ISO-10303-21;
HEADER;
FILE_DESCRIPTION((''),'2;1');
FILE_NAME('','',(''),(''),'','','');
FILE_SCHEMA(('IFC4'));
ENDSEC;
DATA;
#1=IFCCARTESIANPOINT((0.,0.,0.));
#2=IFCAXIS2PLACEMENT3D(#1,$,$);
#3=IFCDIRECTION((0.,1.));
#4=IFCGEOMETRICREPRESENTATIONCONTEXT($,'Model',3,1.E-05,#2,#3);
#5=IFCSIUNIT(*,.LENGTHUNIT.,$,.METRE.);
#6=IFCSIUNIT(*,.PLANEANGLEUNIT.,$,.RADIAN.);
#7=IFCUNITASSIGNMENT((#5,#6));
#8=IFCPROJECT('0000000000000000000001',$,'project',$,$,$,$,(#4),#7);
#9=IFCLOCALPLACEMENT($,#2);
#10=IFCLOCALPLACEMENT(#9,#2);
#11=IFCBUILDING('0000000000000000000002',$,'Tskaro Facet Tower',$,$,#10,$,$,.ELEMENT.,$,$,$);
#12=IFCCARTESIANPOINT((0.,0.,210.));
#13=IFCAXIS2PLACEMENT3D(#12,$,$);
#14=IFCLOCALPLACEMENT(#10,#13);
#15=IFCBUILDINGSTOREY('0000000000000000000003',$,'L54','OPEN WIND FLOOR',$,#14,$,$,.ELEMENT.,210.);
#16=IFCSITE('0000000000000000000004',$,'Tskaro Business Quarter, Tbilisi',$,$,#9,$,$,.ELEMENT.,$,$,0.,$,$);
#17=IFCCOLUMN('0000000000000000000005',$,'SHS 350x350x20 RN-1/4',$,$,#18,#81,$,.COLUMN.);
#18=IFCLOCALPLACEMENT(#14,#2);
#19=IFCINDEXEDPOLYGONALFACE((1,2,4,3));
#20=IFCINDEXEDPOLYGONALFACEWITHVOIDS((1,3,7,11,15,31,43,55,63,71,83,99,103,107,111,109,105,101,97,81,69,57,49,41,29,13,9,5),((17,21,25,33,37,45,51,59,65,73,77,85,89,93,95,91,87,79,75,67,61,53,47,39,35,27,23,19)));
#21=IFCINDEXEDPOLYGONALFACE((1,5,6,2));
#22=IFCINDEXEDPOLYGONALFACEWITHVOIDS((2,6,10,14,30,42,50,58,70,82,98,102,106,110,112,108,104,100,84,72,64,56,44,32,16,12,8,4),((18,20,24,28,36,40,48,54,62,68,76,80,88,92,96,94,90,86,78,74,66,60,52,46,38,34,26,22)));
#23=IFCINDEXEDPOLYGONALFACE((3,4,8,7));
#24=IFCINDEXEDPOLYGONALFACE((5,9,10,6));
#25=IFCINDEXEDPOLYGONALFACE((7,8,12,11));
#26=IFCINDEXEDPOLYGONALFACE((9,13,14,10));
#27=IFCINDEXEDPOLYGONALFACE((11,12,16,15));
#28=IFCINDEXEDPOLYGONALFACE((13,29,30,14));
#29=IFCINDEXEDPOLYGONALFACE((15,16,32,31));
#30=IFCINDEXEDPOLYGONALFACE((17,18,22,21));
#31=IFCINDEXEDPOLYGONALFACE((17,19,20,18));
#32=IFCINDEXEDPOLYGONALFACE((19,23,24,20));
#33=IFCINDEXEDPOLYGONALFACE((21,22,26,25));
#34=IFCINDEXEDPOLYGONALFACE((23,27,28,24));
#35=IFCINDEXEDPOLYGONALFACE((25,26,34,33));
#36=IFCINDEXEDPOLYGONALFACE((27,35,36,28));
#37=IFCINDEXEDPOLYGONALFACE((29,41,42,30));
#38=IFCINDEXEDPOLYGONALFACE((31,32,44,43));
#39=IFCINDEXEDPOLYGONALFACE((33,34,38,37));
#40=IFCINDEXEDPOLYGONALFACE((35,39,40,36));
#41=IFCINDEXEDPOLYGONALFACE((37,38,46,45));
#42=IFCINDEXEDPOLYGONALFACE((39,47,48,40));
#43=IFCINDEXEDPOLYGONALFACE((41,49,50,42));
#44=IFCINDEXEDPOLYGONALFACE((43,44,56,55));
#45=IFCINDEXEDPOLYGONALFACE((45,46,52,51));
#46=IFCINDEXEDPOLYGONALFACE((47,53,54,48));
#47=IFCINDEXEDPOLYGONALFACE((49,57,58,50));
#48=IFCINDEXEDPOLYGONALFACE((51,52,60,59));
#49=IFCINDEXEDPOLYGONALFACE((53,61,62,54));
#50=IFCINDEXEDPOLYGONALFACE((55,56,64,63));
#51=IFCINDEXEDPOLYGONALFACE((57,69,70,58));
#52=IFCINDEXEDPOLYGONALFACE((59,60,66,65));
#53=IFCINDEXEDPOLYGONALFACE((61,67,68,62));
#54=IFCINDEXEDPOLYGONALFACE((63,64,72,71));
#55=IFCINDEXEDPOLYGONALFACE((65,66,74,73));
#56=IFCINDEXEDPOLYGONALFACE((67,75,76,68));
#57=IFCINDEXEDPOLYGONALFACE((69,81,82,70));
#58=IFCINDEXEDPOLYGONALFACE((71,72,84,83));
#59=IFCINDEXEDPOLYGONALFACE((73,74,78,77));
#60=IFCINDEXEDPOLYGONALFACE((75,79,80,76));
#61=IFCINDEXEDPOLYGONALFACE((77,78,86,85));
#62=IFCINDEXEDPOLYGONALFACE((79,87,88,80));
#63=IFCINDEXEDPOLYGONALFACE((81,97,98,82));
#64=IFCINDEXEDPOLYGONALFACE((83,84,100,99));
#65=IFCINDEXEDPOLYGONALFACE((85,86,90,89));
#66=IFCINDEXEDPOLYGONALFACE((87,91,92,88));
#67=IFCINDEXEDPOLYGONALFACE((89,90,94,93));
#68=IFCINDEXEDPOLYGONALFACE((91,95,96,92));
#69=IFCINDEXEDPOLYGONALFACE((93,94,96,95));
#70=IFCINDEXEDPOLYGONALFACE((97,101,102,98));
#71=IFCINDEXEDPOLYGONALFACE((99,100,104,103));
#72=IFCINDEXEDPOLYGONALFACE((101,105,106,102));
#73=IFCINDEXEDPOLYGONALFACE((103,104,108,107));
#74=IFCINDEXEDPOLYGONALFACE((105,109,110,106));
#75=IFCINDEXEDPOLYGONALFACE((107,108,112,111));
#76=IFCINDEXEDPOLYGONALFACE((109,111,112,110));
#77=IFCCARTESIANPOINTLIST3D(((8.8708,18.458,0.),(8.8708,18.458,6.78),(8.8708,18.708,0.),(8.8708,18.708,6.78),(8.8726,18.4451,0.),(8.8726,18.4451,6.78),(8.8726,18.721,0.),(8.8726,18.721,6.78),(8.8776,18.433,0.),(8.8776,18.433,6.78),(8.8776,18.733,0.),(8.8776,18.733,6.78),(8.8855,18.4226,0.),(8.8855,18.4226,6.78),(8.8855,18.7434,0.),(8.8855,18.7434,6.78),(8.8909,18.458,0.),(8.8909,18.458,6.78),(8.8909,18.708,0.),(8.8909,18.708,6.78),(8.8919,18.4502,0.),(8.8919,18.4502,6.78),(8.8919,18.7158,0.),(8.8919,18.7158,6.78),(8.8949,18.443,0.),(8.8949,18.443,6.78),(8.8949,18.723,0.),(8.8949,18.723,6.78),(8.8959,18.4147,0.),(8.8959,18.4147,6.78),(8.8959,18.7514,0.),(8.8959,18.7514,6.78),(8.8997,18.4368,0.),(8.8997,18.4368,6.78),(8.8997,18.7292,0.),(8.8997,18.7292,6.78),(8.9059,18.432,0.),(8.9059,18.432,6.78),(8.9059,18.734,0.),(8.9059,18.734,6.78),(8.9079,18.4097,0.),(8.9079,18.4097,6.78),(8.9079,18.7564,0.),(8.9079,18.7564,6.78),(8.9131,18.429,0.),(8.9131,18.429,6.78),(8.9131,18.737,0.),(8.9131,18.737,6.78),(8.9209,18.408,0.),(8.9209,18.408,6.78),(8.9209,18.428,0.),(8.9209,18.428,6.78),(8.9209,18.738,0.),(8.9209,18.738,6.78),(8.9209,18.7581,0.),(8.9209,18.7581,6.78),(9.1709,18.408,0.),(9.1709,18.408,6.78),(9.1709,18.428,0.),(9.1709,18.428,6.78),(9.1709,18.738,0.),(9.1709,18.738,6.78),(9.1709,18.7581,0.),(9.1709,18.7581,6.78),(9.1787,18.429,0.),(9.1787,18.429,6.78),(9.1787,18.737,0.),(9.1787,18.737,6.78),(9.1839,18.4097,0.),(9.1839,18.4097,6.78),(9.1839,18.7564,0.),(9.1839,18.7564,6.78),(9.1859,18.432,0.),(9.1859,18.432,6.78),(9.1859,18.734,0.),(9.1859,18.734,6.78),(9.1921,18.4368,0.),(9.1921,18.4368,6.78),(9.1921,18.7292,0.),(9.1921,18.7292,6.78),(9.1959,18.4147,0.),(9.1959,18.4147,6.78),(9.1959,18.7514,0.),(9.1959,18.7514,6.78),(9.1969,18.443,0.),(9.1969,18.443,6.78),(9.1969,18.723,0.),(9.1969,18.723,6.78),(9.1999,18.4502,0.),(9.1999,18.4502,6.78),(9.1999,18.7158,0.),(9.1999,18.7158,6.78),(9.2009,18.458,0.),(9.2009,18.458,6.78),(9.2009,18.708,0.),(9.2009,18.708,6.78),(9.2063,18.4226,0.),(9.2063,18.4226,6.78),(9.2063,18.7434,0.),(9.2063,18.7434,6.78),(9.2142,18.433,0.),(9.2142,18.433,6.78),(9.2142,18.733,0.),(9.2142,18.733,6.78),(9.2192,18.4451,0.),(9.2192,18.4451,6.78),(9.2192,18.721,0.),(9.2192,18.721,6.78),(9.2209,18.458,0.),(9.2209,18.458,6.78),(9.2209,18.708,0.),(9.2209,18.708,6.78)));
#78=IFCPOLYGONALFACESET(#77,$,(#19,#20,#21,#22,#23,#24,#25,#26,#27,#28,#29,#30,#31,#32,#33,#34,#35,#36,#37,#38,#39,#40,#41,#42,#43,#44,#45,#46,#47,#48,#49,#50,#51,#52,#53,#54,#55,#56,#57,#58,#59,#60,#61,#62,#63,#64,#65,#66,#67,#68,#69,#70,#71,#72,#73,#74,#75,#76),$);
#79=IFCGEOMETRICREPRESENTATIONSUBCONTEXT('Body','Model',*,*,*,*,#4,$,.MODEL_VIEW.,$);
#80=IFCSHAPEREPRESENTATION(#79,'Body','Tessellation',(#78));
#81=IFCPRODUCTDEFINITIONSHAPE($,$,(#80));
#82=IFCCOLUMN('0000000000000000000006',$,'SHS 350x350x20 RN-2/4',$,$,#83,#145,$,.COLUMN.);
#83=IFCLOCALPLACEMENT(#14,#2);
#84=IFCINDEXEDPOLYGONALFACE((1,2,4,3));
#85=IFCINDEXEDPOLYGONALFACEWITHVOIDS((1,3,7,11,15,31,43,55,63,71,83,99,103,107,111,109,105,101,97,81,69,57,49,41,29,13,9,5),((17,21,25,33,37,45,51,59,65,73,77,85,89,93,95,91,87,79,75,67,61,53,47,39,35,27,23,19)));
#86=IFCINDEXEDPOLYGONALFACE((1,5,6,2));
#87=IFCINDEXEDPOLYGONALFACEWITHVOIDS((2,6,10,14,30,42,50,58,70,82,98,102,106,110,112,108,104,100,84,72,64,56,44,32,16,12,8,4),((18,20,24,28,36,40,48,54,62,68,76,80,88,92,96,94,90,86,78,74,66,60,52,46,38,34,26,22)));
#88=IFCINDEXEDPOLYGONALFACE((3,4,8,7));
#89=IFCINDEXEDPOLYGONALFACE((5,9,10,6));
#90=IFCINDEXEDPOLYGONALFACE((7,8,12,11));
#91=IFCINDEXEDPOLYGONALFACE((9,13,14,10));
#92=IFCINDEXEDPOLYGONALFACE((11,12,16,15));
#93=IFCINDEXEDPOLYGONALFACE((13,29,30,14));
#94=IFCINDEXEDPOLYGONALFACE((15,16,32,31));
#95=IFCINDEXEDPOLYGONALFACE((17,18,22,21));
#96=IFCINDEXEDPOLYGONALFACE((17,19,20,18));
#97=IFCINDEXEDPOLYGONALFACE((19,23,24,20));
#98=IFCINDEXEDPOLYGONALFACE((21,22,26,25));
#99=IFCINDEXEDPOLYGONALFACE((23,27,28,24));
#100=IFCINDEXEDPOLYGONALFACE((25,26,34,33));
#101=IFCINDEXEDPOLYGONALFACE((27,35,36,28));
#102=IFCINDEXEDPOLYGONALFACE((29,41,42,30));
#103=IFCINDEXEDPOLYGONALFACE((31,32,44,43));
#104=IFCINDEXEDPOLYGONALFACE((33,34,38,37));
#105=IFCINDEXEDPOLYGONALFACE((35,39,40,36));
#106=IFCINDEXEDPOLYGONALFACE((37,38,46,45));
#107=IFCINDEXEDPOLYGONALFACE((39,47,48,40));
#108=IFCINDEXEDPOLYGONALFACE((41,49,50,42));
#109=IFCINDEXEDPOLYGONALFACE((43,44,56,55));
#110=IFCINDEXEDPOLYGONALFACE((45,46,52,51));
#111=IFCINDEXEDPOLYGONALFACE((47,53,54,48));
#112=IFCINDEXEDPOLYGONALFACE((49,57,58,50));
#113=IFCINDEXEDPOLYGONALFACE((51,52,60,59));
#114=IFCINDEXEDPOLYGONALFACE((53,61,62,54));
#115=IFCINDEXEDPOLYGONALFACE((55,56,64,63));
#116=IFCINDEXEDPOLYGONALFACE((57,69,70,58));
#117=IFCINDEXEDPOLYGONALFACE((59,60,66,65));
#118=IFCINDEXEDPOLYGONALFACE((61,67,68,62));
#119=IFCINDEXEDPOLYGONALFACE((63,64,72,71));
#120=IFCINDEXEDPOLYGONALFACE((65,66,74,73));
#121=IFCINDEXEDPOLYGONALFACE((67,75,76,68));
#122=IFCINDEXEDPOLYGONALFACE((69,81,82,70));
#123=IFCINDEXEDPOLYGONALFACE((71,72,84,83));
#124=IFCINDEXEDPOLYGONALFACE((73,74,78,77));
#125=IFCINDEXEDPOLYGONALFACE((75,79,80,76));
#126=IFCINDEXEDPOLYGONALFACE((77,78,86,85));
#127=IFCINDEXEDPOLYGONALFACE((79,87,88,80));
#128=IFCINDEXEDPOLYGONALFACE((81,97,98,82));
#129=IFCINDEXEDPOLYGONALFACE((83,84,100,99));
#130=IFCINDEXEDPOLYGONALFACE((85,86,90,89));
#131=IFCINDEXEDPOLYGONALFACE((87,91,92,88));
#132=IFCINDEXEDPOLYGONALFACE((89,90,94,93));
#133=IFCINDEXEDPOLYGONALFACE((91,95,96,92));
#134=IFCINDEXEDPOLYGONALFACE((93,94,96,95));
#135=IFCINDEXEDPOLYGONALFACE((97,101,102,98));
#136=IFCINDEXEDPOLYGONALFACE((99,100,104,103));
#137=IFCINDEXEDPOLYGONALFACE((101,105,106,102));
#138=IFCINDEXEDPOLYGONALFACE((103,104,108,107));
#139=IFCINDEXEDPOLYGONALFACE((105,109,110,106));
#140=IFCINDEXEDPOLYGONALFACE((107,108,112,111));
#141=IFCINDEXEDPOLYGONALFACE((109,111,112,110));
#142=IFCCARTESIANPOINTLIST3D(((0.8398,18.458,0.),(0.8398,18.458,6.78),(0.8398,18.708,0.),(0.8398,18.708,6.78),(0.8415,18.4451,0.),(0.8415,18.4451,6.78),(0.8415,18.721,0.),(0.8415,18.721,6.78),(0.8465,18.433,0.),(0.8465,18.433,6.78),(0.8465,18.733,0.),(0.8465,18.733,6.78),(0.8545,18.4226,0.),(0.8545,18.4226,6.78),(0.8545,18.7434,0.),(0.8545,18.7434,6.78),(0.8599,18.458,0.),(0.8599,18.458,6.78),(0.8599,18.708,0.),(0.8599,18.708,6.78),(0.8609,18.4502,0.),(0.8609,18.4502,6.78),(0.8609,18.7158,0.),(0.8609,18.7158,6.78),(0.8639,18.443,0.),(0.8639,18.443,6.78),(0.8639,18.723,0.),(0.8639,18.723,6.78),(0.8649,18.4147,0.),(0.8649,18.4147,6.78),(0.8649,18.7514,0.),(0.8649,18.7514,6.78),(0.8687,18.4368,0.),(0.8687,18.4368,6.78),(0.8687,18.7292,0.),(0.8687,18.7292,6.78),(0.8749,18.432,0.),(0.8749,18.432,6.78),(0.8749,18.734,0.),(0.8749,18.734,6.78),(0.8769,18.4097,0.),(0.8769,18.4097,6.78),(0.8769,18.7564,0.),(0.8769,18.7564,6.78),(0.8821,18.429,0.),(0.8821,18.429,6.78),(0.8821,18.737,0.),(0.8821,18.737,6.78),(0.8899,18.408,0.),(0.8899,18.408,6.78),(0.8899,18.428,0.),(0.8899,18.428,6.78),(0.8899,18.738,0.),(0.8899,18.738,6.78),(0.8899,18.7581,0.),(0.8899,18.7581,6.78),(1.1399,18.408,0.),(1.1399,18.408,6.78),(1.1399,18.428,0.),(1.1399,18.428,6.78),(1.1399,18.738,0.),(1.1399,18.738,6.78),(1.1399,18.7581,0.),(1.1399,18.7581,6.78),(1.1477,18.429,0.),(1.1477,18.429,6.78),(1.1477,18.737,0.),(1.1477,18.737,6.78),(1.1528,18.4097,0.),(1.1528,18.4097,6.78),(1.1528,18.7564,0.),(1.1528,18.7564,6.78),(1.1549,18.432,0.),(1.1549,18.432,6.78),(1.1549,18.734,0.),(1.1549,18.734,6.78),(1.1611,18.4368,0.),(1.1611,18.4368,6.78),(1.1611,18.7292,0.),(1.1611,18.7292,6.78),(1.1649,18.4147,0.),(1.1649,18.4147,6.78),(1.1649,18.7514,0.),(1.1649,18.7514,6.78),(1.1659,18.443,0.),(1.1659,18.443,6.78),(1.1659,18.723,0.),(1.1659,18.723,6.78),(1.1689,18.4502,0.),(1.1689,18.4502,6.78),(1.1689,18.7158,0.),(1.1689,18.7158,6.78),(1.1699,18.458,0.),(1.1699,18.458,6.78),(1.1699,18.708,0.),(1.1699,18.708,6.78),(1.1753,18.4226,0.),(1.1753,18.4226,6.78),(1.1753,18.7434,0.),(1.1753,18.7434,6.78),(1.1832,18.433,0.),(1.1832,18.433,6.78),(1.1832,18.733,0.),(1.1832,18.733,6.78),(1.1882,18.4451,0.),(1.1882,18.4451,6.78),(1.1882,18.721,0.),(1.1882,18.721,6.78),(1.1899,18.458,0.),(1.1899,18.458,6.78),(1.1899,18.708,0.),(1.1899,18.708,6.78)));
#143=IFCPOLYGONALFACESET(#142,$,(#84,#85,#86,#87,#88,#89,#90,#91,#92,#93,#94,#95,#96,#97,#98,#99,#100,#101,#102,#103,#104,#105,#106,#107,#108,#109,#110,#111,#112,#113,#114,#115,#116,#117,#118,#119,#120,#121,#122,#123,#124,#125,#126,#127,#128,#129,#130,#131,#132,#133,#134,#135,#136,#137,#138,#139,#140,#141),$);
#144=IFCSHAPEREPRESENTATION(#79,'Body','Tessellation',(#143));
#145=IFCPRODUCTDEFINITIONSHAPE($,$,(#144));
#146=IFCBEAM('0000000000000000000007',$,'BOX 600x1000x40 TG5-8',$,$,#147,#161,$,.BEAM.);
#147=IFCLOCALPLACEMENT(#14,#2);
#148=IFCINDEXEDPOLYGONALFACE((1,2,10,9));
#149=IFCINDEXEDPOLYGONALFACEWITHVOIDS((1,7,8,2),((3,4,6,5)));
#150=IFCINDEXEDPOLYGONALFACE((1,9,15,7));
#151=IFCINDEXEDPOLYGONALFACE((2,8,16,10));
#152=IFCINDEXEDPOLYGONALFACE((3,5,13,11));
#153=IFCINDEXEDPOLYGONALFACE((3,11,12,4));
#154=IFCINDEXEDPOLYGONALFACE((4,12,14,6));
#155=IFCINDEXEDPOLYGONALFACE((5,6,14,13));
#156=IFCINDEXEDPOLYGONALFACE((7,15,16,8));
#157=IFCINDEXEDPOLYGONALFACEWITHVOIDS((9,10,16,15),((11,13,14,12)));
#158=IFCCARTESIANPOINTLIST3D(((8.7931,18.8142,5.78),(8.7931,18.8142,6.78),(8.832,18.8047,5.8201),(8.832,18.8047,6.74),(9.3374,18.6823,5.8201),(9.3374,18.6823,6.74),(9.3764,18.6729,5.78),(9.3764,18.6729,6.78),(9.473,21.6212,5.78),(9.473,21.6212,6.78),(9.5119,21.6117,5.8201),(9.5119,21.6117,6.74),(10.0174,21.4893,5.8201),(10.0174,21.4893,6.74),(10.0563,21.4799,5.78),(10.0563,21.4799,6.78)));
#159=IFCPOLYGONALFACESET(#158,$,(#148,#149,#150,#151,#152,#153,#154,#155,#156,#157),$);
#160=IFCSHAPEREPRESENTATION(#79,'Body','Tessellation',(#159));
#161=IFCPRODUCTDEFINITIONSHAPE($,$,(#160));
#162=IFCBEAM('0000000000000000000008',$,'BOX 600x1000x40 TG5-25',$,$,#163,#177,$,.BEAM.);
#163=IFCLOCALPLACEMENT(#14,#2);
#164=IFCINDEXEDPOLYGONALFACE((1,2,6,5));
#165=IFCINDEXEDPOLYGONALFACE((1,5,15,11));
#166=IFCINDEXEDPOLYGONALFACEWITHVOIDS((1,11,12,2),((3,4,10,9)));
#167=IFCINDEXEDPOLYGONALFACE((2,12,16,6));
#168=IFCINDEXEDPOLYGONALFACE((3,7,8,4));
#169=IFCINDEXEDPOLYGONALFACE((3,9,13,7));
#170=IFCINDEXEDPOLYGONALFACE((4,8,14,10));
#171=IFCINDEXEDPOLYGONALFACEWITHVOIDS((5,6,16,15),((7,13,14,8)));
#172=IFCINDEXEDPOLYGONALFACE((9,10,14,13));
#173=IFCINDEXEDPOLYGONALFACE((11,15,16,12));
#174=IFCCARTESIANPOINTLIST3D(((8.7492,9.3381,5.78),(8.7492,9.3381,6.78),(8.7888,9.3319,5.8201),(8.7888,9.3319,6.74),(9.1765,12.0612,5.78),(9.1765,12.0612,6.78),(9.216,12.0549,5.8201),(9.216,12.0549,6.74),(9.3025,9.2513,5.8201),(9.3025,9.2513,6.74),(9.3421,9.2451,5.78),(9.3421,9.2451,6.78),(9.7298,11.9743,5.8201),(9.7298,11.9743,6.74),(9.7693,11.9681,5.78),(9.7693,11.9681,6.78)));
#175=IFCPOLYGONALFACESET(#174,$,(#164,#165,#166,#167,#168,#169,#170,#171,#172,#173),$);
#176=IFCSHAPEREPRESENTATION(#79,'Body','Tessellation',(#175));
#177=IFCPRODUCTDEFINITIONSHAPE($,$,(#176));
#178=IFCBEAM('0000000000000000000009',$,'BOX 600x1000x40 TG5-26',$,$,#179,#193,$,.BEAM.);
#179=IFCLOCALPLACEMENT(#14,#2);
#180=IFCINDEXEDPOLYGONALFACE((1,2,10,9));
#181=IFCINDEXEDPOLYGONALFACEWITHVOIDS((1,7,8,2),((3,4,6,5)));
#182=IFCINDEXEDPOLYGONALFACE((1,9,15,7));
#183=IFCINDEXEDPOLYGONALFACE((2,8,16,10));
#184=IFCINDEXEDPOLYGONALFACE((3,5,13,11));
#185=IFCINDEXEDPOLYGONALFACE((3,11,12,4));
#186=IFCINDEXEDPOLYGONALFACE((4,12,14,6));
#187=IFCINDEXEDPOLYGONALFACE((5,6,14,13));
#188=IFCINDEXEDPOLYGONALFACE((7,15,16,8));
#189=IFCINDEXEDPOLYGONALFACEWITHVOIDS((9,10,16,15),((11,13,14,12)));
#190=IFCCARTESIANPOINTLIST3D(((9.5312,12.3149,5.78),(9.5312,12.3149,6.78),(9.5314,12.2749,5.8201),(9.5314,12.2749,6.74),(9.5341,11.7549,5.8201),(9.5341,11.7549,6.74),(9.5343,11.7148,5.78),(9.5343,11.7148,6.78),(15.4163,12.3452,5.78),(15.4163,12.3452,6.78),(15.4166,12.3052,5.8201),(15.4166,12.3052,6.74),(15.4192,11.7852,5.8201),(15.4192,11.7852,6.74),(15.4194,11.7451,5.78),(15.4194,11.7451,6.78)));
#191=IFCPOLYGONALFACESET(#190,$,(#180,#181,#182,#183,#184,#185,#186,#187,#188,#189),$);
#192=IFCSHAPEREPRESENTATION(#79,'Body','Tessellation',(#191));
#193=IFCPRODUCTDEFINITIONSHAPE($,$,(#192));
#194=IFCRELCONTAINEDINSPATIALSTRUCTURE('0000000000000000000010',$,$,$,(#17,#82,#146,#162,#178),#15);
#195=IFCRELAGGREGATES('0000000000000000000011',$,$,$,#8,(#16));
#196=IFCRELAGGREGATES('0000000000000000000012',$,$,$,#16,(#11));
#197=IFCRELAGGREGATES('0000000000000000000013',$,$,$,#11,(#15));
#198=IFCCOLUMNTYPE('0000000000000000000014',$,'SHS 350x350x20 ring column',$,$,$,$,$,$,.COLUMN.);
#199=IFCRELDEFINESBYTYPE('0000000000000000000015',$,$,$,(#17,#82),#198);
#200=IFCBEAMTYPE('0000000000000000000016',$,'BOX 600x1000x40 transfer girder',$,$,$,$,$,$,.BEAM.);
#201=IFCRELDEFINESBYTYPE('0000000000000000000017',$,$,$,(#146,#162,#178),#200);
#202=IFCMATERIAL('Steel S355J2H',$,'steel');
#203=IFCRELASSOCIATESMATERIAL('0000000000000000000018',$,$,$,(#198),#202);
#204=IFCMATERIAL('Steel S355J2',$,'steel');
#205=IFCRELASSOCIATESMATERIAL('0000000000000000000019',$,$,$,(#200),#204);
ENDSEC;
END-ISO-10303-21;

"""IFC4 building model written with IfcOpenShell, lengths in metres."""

from ifc_helpers import new_model, si_unit, direction, frame, origin, origin_2d, place, context, subcontext, project, spatial, hollow_rectangle, extrude, material, material_profile, profile_set, type_object, element, save


model = new_model("IFC4")

# Units and contexts
model_context = context("Model", 3, precision=1e-05, world=origin(), true_north=direction((0.0, 1.0)))
body_context = subcontext(model_context, "Body", "Model", "MODEL_VIEW")
ifc_project = project(units=[si_unit("LENGTHUNIT", "METRE"), si_unit("PLANEANGLEUNIT", "RADIAN")], contexts=[model_context])

# Site, building, storey
site_placement = place(None, origin())
site = spatial("IfcSite", under=ifc_project, at=site_placement, Name="Tskaro Business Quarter, Tbilisi", CompositionType="ELEMENT", RefElevation=0.0)
building_placement = place(site_placement, origin())
building = spatial("IfcBuilding", under=site, at=building_placement, Name="Tskaro Facet Tower", CompositionType="ELEMENT")
storey_placement = place(building_placement, frame((0.0, 0.0, 210.0)))
storey = spatial("IfcBuildingStorey", under=building, at=storey_placement, Name="L54", Description="OPEN WIND FLOOR", CompositionType="ELEMENT", Elevation=210.0)

# Columns
ifc_material_1 = material(Name="Steel S355J2H", Category="steel")
ifc_material_profile_1 = material_profile(ifc_material_1, hollow_rectangle(XDim=0.3501, YDim=0.3501, WallThickness=0.02, InnerFilletRadius=0.03, OuterFilletRadius=0.05, at=origin_2d()), Name="SHS 350x350x20")
ifc_profile_set_1 = profile_set([ifc_material_profile_1], Name="Steel S355J2H")
column_type = type_object("IfcColumnType", Name="SHS 350x350x20 ring column", PredefinedType="COLUMN", material=ifc_profile_set_1)
for number, where, z_axis, x_axis, name in (
    (1, (9.0459, 18.583, 0.0), (0.0, 0.0, 1.0), (1.0, 0.0, 0.0), "SHS 350x350x20 RN-1/4"),
    (2, (1.0149, 18.583, 0.0), (0.0, 0.0, 1.0), (1.0, 0.0, 0.0), "SHS 350x350x20 RN-2/4"),
):
    element("IfcColumn", number, at=place(storey_placement, frame(where, z_axis=z_axis, x_axis=x_axis)), inside=storey, type_object=column_type, Name=name, PredefinedType="COLUMN", context=body_context, shape_type="SweptSolid", body=[
        extrude(hollow_rectangle(XDim=0.3501, YDim=0.3501, WallThickness=0.02, InnerFilletRadius=0.03, OuterFilletRadius=0.05, at=origin_2d()), origin(), (0.0, 0.0, 1.0), 6.78),
    ])

# Beams
ifc_material_2 = material(Name="Steel S355J2", Category="steel")
ifc_material_profile_2 = material_profile(ifc_material_2, hollow_rectangle(XDim=0.6001, YDim=1.0, WallThickness=0.04, at=origin_2d()), Name="BOX 600x1000x40")
ifc_profile_set_2 = profile_set([ifc_material_profile_2], Name="Steel S355J2")
beam_type_1 = type_object("IfcBeamType", Name="BOX 600x1000x40 transfer girder", PredefinedType="BEAM", material=ifc_profile_set_2)
beam_1_placement = place(storey_placement, frame((9.7646, 21.5505, 6.28), z_axis=(-0.235409, -0.971896, 0.0), x_axis=(0.971896, -0.235409, 0.0)))
element("IfcBeam", 3, at=beam_1_placement, inside=storey, type_object=beam_type_1, Name="BOX 600x1000x40 TG5-8", PredefinedType="BEAM", context=body_context, shape_type="SweptSolid", body=[
    extrude(hollow_rectangle(XDim=0.6001, YDim=1.0, WallThickness=0.04, at=origin_2d()), origin(), (0.0, 0.0, 1.0), 2.8882),
])
beam_2_placement = place(storey_placement, frame((9.4729, 12.0146, 6.28), z_axis=(-0.154998, -0.987915, 0.0), x_axis=(0.987915, -0.154998, 0.0)))
element("IfcBeam", 4, at=beam_2_placement, inside=storey, type_object=beam_type_1, Name="BOX 600x1000x40 TG5-25", PredefinedType="BEAM", context=body_context, shape_type="SweptSolid", body=[
    extrude(hollow_rectangle(XDim=0.6001, YDim=1.0, WallThickness=0.04, at=origin_2d()), origin(), (0.0, 0.0, 1.0), 2.7563),
])
beam_3_placement = place(storey_placement, frame((9.5327, 12.0149, 6.28), z_axis=(0.999987, 0.005144, 0.0), x_axis=(-0.005144, 0.999987, 0.0)))
element("IfcBeam", 5, at=beam_3_placement, inside=storey, type_object=beam_type_1, Name="BOX 600x1000x40 TG5-26", PredefinedType="BEAM", context=body_context, shape_type="SweptSolid", body=[
    extrude(hollow_rectangle(XDim=0.6001, YDim=1.0, WallThickness=0.04, at=origin_2d()), origin(), (0.0, 0.0, 1.0), 5.8853),
])

save(model, "model.ifc")
